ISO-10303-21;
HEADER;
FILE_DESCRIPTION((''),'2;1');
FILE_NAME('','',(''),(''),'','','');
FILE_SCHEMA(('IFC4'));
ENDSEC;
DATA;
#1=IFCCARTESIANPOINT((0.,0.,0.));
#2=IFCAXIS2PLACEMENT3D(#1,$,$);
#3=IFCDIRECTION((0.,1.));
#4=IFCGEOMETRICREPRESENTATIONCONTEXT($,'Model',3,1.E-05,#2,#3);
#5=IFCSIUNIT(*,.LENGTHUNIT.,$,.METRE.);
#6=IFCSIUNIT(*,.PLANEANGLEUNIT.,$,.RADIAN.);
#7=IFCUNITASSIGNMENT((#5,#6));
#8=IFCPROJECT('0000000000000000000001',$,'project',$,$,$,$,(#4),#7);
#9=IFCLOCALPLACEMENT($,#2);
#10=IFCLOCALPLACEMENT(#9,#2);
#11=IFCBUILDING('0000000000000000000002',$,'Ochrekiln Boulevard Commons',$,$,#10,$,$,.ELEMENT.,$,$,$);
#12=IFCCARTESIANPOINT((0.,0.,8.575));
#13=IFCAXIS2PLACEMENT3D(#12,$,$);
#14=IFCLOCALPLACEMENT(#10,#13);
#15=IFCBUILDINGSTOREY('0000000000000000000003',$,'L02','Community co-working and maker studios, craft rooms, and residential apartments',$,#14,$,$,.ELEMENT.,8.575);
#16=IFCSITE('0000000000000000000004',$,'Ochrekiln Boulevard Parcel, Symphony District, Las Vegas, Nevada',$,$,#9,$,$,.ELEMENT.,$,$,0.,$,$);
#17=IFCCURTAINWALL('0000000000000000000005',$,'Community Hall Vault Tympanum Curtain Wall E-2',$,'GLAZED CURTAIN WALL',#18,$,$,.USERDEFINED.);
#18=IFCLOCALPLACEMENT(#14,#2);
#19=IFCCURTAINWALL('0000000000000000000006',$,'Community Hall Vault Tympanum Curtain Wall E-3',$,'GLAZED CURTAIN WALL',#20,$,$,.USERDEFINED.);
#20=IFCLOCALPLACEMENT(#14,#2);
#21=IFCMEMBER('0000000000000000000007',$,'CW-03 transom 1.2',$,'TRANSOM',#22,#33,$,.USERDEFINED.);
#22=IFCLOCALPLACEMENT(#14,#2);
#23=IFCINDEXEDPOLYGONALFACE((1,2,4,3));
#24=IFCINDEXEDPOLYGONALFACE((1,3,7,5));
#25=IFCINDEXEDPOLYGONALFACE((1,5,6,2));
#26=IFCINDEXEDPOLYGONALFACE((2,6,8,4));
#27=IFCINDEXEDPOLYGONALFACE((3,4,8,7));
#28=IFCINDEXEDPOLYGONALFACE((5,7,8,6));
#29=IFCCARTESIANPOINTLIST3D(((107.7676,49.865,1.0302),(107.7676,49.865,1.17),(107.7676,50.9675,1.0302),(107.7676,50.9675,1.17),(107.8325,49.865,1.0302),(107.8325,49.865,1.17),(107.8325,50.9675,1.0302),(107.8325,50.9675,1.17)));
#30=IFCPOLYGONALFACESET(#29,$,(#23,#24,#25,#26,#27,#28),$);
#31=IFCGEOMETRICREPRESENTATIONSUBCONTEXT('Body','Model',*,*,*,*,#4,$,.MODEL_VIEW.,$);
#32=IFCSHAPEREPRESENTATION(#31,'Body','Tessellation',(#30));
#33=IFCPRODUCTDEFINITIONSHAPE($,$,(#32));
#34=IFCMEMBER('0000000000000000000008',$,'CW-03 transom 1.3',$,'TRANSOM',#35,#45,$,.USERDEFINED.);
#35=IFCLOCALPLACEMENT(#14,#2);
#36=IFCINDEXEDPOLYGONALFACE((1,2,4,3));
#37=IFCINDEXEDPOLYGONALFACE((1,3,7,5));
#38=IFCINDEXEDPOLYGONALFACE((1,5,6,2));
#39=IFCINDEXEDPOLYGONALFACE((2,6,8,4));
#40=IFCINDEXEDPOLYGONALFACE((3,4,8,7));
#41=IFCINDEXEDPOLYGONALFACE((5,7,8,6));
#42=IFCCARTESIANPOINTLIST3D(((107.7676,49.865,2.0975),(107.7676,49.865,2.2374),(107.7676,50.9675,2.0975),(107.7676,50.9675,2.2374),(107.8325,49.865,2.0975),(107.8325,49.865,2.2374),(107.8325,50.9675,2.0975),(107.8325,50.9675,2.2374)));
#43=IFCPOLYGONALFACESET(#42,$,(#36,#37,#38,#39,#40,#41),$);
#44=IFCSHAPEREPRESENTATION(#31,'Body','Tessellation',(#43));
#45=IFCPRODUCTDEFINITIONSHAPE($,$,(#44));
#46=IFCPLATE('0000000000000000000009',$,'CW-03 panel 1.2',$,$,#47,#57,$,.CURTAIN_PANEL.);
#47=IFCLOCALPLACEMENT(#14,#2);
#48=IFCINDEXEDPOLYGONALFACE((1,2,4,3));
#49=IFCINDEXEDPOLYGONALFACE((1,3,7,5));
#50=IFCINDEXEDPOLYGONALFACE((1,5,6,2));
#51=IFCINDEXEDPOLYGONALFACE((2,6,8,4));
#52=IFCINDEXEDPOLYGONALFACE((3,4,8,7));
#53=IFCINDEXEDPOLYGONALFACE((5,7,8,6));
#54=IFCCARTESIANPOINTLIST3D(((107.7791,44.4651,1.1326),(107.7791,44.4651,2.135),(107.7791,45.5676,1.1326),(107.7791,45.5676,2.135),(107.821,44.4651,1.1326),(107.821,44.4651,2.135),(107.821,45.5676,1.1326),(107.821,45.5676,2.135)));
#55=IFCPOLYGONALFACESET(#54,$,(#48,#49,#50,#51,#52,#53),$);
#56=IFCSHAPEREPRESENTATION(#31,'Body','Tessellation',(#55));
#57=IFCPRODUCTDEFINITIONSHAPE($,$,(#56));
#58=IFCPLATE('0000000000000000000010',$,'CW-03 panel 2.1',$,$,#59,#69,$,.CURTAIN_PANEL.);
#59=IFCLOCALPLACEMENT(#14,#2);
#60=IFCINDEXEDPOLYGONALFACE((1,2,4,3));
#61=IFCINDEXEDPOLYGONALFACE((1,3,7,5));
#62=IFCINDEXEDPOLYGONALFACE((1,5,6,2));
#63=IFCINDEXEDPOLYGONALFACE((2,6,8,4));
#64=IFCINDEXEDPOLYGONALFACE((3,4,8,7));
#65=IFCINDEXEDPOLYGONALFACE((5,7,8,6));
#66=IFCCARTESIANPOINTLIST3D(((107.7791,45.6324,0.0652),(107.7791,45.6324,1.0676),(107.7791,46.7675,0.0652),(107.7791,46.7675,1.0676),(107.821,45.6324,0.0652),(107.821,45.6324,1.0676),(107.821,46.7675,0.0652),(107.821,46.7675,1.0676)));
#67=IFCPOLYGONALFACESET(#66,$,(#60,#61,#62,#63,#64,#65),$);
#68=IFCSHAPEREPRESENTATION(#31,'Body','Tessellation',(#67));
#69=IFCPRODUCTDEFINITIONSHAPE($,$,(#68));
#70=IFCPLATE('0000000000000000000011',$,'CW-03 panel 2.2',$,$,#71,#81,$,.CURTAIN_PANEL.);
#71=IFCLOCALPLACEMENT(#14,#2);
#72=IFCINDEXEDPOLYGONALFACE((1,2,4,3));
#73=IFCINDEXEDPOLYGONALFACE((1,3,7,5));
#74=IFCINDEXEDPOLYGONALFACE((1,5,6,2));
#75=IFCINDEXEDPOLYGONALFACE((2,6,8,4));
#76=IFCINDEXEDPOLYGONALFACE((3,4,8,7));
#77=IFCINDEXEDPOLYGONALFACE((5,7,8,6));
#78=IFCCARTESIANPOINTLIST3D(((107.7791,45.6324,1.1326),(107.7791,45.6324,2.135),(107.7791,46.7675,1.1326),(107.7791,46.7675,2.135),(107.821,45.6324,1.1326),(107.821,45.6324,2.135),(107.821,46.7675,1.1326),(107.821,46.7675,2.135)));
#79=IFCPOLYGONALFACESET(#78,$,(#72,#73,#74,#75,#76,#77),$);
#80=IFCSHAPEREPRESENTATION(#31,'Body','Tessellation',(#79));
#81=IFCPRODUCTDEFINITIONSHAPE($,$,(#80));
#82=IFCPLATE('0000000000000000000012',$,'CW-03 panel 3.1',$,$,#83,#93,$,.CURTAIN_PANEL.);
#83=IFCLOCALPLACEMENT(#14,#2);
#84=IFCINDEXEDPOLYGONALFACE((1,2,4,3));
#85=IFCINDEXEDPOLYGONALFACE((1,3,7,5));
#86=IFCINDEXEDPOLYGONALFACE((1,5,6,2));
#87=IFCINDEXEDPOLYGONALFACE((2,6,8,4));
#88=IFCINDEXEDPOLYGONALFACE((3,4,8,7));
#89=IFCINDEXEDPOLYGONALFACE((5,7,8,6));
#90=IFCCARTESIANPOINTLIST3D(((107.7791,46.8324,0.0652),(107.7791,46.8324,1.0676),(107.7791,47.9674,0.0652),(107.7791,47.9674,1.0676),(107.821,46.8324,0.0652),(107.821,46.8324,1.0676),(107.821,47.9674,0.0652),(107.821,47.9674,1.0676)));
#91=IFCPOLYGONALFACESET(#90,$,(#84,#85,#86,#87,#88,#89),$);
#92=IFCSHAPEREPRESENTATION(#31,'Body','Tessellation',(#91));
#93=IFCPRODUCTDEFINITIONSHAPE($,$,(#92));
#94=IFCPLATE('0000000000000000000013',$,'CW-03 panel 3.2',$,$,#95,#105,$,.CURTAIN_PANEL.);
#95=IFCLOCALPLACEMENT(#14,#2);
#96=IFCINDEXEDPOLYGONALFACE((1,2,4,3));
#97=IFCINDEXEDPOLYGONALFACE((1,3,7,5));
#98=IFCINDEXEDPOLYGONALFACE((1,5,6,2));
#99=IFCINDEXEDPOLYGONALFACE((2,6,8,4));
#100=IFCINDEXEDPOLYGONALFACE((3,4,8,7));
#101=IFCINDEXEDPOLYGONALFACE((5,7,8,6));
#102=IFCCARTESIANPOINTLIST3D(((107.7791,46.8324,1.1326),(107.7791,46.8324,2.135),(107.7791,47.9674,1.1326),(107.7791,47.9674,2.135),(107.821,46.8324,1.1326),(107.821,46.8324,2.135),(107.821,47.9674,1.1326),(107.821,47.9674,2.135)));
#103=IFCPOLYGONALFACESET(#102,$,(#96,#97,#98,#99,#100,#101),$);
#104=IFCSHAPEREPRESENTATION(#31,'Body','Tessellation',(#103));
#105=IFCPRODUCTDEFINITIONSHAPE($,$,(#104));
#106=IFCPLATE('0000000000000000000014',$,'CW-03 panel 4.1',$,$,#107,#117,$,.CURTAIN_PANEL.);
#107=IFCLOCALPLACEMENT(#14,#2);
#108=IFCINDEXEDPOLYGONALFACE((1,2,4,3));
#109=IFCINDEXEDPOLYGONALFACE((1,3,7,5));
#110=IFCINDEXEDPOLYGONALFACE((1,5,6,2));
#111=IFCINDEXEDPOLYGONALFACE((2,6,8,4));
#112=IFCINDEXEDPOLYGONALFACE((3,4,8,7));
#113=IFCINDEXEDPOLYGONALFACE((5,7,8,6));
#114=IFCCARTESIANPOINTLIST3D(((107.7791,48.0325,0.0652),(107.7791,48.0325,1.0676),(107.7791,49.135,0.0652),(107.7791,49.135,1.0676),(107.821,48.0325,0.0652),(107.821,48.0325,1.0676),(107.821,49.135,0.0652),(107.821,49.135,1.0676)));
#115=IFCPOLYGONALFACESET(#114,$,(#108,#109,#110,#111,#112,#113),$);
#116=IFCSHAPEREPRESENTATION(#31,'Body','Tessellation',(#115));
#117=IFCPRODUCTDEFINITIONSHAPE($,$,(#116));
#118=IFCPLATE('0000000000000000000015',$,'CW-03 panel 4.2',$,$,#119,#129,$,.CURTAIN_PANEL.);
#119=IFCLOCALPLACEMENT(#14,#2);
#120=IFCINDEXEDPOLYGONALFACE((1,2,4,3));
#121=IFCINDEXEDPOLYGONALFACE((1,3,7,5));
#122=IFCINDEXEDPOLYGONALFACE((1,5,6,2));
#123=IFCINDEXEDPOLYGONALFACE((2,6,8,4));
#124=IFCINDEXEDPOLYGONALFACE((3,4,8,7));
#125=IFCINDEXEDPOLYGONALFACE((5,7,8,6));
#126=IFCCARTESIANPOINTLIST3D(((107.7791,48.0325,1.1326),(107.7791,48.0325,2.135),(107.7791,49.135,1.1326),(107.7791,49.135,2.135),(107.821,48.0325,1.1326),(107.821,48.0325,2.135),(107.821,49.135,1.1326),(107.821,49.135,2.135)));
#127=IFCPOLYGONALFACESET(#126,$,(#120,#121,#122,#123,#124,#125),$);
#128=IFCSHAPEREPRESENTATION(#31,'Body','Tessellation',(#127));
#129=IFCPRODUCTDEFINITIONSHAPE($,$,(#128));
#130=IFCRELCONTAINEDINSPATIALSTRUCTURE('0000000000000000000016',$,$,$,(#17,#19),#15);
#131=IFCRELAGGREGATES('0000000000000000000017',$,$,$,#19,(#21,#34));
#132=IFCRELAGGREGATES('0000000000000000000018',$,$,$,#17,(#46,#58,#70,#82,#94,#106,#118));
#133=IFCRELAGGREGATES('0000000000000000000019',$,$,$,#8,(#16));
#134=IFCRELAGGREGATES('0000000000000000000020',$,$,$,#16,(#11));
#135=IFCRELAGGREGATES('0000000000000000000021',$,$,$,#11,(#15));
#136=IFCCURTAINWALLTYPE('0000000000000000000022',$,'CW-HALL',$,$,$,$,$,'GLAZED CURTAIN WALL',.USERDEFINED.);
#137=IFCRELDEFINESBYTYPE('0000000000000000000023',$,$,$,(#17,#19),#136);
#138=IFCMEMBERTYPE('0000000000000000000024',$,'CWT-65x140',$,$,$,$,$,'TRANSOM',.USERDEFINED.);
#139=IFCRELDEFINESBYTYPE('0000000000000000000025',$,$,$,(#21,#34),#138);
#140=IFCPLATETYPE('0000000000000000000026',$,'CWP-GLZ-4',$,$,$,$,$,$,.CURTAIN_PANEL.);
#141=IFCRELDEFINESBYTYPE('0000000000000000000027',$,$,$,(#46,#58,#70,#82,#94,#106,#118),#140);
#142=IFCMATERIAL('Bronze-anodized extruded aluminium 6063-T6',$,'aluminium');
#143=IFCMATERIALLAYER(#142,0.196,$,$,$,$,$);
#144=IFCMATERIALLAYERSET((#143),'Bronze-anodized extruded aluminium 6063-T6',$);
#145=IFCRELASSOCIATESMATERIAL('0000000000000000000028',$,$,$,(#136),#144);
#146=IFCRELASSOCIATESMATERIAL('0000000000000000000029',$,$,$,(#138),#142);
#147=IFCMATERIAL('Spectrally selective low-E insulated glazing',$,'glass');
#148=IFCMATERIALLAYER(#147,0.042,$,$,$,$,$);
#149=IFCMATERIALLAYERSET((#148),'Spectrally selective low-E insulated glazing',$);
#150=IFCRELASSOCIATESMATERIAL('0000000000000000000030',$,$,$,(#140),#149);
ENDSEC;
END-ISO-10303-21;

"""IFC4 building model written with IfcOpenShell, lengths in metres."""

from ifc_helpers import new_model, si_unit, direction, frame, origin, origin_2d, place, context, subcontext, project, spatial, rectangle, extrude, material, layer, layer_set, material_profile, profile_set, type_object, element, aggregate, save


model = new_model("IFC4")

# Units and contexts
model_context = context("Model", 3, precision=1e-05, world=origin(), true_north=direction((0.0, 1.0)))
body_context = subcontext(model_context, "Body", "Model", "MODEL_VIEW")
ifc_project = project(units=[si_unit("LENGTHUNIT", "METRE"), si_unit("PLANEANGLEUNIT", "RADIAN")], contexts=[model_context])

# Site, building, storey
site_placement = place(None, origin())
site = spatial("IfcSite", under=ifc_project, at=site_placement, Name="Ochrekiln Boulevard Parcel, Symphony District, Las Vegas, Nevada", CompositionType="ELEMENT", RefElevation=0.0)
building_placement = place(site_placement, origin())
building = spatial("IfcBuilding", under=site, at=building_placement, Name="Ochrekiln Boulevard Commons", CompositionType="ELEMENT")
storey_placement = place(building_placement, frame((0.0, 0.0, 8.575)))
storey = spatial("IfcBuildingStorey", under=building, at=storey_placement, Name="L02", Description="Community co-working and maker studios, craft rooms, and residential apartments", CompositionType="ELEMENT", Elevation=8.575)

# Curtain wall
ifc_material_1 = material(Name="Bronze-anodized extruded aluminium 6063-T6", Category="aluminium")
ifc_layer_1 = layer(ifc_material_1, 0.196)
ifc_layer_set_1 = layer_set([ifc_layer_1], Name="Bronze-anodized extruded aluminium 6063-T6")
curtain_wall_type = type_object("IfcCurtainWallType", Name="CW-HALL", ElementType="GLAZED CURTAIN WALL", PredefinedType="USERDEFINED", material=ifc_layer_set_1)
curtain_wall_1_placement = place(storey_placement, origin())
curtain_wall_1 = element("IfcCurtainWall", 1, at=curtain_wall_1_placement, inside=storey, type_object=curtain_wall_type, Name="Community Hall Vault Tympanum Curtain Wall E-2", ObjectType="GLAZED CURTAIN WALL", PredefinedType="USERDEFINED")

# Curtain wall
curtain_wall_2_placement = place(storey_placement, origin())
curtain_wall_2 = element("IfcCurtainWall", 2, at=curtain_wall_2_placement, inside=storey, type_object=curtain_wall_type, Name="Community Hall Vault Tympanum Curtain Wall E-3", ObjectType="GLAZED CURTAIN WALL", PredefinedType="USERDEFINED")

# Members
ifc_material_profile_1 = material_profile(ifc_material_1, rectangle(XDim=0.0649, YDim=0.1399, at=origin_2d()), Name="ALU-TRN-65x140")
ifc_profile_set_1 = profile_set([ifc_material_profile_1], Name="Bronze-anodized extruded aluminium 6063-T6")
member_type_1 = type_object("IfcMemberType", Name="CWT-65x140", ElementType="TRANSOM", PredefinedType="USERDEFINED", material=ifc_profile_set_1)
member_1_placement = place(storey_placement, frame((107.8, 49.865, 1.1001), z_axis=(0.0, 1.0, 0.0), x_axis=(-1.0, 0.0, 0.0)))
member_1 = element("IfcMember", 3, at=member_1_placement, type_object=member_type_1, Name="CW-03 transom 1.2", ObjectType="TRANSOM", PredefinedType="USERDEFINED", context=body_context, shape_type="SweptSolid", body=[
    extrude(rectangle(XDim=0.0649, YDim=0.1399, at=origin_2d()), origin(), (0.0, 0.0, 1.0), 1.1025),
])
member_2_placement = place(storey_placement, frame((107.8, 49.865, 2.1675), z_axis=(0.0, 1.0, 0.0), x_axis=(-1.0, 0.0, 0.0)))
member_2 = element("IfcMember", 4, at=member_2_placement, type_object=member_type_1, Name="CW-03 transom 1.3", ObjectType="TRANSOM", PredefinedType="USERDEFINED", context=body_context, shape_type="SweptSolid", body=[
    extrude(rectangle(XDim=0.0649, YDim=0.1399, at=origin_2d()), origin(), (0.0, 0.0, 1.0), 1.1025),
])
aggregate(curtain_wall_2, [member_1, member_2])

# Plates
ifc_material_2 = material(Name="Spectrally selective low-E insulated glazing", Category="glass")
ifc_layer_2 = layer(ifc_material_2, 0.042)
ifc_layer_set_2 = layer_set([ifc_layer_2], Name="Spectrally selective low-E insulated glazing")
plate_type = type_object("IfcPlateType", Name="CWP-GLZ-4", PredefinedType="CURTAIN_PANEL", material=ifc_layer_set_2)
plate_1_placement = place(storey_placement, frame((107.8, 45.0164, 1.1326), z_axis=(0.0, 0.0, 1.0), x_axis=(0.0, 1.0, 0.0)))
plate_1 = element("IfcPlate", 5, at=plate_1_placement, type_object=plate_type, Name="CW-03 panel 1.2", PredefinedType="CURTAIN_PANEL", context=body_context, shape_type="SweptSolid", body=[
    extrude(rectangle(XDim=1.1025, YDim=0.042, at=origin_2d()), origin(), (0.0, 0.0, 1.0), 1.0024),
])
plate_2_placement = place(storey_placement, frame((107.8, 46.2, 0.0652), z_axis=(0.0, 0.0, 1.0), x_axis=(0.0, 1.0, 0.0)))
plate_2 = element("IfcPlate", 6, at=plate_2_placement, type_object=plate_type, Name="CW-03 panel 2.1", PredefinedType="CURTAIN_PANEL", context=body_context, shape_type="SweptSolid", body=[
    extrude(rectangle(XDim=1.135, YDim=0.042, at=origin_2d()), origin(), (0.0, 0.0, 1.0), 1.0024),
])
plate_3_placement = place(storey_placement, frame((107.8, 46.2, 1.1326), z_axis=(0.0, 0.0, 1.0), x_axis=(0.0, 1.0, 0.0)))
plate_3 = element("IfcPlate", 7, at=plate_3_placement, type_object=plate_type, Name="CW-03 panel 2.2", PredefinedType="CURTAIN_PANEL", context=body_context, shape_type="SweptSolid", body=[
    extrude(rectangle(XDim=1.135, YDim=0.042, at=origin_2d()), origin(), (0.0, 0.0, 1.0), 1.0024),
])
plate_4_placement = place(storey_placement, frame((107.8, 47.3999, 0.0652), z_axis=(0.0, 0.0, 1.0), x_axis=(0.0, 1.0, 0.0)))
plate_4 = element("IfcPlate", 8, at=plate_4_placement, type_object=plate_type, Name="CW-03 panel 3.1", PredefinedType="CURTAIN_PANEL", context=body_context, shape_type="SweptSolid", body=[
    extrude(rectangle(XDim=1.135, YDim=0.042, at=origin_2d()), origin(), (0.0, 0.0, 1.0), 1.0024),
])
plate_5_placement = place(storey_placement, frame((107.8, 47.3999, 1.1326), z_axis=(0.0, 0.0, 1.0), x_axis=(0.0, 1.0, 0.0)))
plate_5 = element("IfcPlate", 9, at=plate_5_placement, type_object=plate_type, Name="CW-03 panel 3.2", PredefinedType="CURTAIN_PANEL", context=body_context, shape_type="SweptSolid", body=[
    extrude(rectangle(XDim=1.135, YDim=0.042, at=origin_2d()), origin(), (0.0, 0.0, 1.0), 1.0024),
])
plate_6_placement = place(storey_placement, frame((107.8, 48.5837, 0.0652), z_axis=(0.0, 0.0, 1.0), x_axis=(0.0, 1.0, 0.0)))
plate_6 = element("IfcPlate", 10, at=plate_6_placement, type_object=plate_type, Name="CW-03 panel 4.1", PredefinedType="CURTAIN_PANEL", context=body_context, shape_type="SweptSolid", body=[
    extrude(rectangle(XDim=1.1025, YDim=0.042, at=origin_2d()), origin(), (0.0, 0.0, 1.0), 1.0024),
])
plate_7_placement = place(storey_placement, frame((107.8, 48.5837, 1.1326), z_axis=(0.0, 0.0, 1.0), x_axis=(0.0, 1.0, 0.0)))
plate_7 = element("IfcPlate", 11, at=plate_7_placement, type_object=plate_type, Name="CW-03 panel 4.2", PredefinedType="CURTAIN_PANEL", context=body_context, shape_type="SweptSolid", body=[
    extrude(rectangle(XDim=1.1025, YDim=0.042, at=origin_2d()), origin(), (0.0, 0.0, 1.0), 1.0024),
])
aggregate(curtain_wall_1, [plate_1, plate_2, plate_3, plate_4, plate_5, plate_6, plate_7])

save(model, "model.ifc")
